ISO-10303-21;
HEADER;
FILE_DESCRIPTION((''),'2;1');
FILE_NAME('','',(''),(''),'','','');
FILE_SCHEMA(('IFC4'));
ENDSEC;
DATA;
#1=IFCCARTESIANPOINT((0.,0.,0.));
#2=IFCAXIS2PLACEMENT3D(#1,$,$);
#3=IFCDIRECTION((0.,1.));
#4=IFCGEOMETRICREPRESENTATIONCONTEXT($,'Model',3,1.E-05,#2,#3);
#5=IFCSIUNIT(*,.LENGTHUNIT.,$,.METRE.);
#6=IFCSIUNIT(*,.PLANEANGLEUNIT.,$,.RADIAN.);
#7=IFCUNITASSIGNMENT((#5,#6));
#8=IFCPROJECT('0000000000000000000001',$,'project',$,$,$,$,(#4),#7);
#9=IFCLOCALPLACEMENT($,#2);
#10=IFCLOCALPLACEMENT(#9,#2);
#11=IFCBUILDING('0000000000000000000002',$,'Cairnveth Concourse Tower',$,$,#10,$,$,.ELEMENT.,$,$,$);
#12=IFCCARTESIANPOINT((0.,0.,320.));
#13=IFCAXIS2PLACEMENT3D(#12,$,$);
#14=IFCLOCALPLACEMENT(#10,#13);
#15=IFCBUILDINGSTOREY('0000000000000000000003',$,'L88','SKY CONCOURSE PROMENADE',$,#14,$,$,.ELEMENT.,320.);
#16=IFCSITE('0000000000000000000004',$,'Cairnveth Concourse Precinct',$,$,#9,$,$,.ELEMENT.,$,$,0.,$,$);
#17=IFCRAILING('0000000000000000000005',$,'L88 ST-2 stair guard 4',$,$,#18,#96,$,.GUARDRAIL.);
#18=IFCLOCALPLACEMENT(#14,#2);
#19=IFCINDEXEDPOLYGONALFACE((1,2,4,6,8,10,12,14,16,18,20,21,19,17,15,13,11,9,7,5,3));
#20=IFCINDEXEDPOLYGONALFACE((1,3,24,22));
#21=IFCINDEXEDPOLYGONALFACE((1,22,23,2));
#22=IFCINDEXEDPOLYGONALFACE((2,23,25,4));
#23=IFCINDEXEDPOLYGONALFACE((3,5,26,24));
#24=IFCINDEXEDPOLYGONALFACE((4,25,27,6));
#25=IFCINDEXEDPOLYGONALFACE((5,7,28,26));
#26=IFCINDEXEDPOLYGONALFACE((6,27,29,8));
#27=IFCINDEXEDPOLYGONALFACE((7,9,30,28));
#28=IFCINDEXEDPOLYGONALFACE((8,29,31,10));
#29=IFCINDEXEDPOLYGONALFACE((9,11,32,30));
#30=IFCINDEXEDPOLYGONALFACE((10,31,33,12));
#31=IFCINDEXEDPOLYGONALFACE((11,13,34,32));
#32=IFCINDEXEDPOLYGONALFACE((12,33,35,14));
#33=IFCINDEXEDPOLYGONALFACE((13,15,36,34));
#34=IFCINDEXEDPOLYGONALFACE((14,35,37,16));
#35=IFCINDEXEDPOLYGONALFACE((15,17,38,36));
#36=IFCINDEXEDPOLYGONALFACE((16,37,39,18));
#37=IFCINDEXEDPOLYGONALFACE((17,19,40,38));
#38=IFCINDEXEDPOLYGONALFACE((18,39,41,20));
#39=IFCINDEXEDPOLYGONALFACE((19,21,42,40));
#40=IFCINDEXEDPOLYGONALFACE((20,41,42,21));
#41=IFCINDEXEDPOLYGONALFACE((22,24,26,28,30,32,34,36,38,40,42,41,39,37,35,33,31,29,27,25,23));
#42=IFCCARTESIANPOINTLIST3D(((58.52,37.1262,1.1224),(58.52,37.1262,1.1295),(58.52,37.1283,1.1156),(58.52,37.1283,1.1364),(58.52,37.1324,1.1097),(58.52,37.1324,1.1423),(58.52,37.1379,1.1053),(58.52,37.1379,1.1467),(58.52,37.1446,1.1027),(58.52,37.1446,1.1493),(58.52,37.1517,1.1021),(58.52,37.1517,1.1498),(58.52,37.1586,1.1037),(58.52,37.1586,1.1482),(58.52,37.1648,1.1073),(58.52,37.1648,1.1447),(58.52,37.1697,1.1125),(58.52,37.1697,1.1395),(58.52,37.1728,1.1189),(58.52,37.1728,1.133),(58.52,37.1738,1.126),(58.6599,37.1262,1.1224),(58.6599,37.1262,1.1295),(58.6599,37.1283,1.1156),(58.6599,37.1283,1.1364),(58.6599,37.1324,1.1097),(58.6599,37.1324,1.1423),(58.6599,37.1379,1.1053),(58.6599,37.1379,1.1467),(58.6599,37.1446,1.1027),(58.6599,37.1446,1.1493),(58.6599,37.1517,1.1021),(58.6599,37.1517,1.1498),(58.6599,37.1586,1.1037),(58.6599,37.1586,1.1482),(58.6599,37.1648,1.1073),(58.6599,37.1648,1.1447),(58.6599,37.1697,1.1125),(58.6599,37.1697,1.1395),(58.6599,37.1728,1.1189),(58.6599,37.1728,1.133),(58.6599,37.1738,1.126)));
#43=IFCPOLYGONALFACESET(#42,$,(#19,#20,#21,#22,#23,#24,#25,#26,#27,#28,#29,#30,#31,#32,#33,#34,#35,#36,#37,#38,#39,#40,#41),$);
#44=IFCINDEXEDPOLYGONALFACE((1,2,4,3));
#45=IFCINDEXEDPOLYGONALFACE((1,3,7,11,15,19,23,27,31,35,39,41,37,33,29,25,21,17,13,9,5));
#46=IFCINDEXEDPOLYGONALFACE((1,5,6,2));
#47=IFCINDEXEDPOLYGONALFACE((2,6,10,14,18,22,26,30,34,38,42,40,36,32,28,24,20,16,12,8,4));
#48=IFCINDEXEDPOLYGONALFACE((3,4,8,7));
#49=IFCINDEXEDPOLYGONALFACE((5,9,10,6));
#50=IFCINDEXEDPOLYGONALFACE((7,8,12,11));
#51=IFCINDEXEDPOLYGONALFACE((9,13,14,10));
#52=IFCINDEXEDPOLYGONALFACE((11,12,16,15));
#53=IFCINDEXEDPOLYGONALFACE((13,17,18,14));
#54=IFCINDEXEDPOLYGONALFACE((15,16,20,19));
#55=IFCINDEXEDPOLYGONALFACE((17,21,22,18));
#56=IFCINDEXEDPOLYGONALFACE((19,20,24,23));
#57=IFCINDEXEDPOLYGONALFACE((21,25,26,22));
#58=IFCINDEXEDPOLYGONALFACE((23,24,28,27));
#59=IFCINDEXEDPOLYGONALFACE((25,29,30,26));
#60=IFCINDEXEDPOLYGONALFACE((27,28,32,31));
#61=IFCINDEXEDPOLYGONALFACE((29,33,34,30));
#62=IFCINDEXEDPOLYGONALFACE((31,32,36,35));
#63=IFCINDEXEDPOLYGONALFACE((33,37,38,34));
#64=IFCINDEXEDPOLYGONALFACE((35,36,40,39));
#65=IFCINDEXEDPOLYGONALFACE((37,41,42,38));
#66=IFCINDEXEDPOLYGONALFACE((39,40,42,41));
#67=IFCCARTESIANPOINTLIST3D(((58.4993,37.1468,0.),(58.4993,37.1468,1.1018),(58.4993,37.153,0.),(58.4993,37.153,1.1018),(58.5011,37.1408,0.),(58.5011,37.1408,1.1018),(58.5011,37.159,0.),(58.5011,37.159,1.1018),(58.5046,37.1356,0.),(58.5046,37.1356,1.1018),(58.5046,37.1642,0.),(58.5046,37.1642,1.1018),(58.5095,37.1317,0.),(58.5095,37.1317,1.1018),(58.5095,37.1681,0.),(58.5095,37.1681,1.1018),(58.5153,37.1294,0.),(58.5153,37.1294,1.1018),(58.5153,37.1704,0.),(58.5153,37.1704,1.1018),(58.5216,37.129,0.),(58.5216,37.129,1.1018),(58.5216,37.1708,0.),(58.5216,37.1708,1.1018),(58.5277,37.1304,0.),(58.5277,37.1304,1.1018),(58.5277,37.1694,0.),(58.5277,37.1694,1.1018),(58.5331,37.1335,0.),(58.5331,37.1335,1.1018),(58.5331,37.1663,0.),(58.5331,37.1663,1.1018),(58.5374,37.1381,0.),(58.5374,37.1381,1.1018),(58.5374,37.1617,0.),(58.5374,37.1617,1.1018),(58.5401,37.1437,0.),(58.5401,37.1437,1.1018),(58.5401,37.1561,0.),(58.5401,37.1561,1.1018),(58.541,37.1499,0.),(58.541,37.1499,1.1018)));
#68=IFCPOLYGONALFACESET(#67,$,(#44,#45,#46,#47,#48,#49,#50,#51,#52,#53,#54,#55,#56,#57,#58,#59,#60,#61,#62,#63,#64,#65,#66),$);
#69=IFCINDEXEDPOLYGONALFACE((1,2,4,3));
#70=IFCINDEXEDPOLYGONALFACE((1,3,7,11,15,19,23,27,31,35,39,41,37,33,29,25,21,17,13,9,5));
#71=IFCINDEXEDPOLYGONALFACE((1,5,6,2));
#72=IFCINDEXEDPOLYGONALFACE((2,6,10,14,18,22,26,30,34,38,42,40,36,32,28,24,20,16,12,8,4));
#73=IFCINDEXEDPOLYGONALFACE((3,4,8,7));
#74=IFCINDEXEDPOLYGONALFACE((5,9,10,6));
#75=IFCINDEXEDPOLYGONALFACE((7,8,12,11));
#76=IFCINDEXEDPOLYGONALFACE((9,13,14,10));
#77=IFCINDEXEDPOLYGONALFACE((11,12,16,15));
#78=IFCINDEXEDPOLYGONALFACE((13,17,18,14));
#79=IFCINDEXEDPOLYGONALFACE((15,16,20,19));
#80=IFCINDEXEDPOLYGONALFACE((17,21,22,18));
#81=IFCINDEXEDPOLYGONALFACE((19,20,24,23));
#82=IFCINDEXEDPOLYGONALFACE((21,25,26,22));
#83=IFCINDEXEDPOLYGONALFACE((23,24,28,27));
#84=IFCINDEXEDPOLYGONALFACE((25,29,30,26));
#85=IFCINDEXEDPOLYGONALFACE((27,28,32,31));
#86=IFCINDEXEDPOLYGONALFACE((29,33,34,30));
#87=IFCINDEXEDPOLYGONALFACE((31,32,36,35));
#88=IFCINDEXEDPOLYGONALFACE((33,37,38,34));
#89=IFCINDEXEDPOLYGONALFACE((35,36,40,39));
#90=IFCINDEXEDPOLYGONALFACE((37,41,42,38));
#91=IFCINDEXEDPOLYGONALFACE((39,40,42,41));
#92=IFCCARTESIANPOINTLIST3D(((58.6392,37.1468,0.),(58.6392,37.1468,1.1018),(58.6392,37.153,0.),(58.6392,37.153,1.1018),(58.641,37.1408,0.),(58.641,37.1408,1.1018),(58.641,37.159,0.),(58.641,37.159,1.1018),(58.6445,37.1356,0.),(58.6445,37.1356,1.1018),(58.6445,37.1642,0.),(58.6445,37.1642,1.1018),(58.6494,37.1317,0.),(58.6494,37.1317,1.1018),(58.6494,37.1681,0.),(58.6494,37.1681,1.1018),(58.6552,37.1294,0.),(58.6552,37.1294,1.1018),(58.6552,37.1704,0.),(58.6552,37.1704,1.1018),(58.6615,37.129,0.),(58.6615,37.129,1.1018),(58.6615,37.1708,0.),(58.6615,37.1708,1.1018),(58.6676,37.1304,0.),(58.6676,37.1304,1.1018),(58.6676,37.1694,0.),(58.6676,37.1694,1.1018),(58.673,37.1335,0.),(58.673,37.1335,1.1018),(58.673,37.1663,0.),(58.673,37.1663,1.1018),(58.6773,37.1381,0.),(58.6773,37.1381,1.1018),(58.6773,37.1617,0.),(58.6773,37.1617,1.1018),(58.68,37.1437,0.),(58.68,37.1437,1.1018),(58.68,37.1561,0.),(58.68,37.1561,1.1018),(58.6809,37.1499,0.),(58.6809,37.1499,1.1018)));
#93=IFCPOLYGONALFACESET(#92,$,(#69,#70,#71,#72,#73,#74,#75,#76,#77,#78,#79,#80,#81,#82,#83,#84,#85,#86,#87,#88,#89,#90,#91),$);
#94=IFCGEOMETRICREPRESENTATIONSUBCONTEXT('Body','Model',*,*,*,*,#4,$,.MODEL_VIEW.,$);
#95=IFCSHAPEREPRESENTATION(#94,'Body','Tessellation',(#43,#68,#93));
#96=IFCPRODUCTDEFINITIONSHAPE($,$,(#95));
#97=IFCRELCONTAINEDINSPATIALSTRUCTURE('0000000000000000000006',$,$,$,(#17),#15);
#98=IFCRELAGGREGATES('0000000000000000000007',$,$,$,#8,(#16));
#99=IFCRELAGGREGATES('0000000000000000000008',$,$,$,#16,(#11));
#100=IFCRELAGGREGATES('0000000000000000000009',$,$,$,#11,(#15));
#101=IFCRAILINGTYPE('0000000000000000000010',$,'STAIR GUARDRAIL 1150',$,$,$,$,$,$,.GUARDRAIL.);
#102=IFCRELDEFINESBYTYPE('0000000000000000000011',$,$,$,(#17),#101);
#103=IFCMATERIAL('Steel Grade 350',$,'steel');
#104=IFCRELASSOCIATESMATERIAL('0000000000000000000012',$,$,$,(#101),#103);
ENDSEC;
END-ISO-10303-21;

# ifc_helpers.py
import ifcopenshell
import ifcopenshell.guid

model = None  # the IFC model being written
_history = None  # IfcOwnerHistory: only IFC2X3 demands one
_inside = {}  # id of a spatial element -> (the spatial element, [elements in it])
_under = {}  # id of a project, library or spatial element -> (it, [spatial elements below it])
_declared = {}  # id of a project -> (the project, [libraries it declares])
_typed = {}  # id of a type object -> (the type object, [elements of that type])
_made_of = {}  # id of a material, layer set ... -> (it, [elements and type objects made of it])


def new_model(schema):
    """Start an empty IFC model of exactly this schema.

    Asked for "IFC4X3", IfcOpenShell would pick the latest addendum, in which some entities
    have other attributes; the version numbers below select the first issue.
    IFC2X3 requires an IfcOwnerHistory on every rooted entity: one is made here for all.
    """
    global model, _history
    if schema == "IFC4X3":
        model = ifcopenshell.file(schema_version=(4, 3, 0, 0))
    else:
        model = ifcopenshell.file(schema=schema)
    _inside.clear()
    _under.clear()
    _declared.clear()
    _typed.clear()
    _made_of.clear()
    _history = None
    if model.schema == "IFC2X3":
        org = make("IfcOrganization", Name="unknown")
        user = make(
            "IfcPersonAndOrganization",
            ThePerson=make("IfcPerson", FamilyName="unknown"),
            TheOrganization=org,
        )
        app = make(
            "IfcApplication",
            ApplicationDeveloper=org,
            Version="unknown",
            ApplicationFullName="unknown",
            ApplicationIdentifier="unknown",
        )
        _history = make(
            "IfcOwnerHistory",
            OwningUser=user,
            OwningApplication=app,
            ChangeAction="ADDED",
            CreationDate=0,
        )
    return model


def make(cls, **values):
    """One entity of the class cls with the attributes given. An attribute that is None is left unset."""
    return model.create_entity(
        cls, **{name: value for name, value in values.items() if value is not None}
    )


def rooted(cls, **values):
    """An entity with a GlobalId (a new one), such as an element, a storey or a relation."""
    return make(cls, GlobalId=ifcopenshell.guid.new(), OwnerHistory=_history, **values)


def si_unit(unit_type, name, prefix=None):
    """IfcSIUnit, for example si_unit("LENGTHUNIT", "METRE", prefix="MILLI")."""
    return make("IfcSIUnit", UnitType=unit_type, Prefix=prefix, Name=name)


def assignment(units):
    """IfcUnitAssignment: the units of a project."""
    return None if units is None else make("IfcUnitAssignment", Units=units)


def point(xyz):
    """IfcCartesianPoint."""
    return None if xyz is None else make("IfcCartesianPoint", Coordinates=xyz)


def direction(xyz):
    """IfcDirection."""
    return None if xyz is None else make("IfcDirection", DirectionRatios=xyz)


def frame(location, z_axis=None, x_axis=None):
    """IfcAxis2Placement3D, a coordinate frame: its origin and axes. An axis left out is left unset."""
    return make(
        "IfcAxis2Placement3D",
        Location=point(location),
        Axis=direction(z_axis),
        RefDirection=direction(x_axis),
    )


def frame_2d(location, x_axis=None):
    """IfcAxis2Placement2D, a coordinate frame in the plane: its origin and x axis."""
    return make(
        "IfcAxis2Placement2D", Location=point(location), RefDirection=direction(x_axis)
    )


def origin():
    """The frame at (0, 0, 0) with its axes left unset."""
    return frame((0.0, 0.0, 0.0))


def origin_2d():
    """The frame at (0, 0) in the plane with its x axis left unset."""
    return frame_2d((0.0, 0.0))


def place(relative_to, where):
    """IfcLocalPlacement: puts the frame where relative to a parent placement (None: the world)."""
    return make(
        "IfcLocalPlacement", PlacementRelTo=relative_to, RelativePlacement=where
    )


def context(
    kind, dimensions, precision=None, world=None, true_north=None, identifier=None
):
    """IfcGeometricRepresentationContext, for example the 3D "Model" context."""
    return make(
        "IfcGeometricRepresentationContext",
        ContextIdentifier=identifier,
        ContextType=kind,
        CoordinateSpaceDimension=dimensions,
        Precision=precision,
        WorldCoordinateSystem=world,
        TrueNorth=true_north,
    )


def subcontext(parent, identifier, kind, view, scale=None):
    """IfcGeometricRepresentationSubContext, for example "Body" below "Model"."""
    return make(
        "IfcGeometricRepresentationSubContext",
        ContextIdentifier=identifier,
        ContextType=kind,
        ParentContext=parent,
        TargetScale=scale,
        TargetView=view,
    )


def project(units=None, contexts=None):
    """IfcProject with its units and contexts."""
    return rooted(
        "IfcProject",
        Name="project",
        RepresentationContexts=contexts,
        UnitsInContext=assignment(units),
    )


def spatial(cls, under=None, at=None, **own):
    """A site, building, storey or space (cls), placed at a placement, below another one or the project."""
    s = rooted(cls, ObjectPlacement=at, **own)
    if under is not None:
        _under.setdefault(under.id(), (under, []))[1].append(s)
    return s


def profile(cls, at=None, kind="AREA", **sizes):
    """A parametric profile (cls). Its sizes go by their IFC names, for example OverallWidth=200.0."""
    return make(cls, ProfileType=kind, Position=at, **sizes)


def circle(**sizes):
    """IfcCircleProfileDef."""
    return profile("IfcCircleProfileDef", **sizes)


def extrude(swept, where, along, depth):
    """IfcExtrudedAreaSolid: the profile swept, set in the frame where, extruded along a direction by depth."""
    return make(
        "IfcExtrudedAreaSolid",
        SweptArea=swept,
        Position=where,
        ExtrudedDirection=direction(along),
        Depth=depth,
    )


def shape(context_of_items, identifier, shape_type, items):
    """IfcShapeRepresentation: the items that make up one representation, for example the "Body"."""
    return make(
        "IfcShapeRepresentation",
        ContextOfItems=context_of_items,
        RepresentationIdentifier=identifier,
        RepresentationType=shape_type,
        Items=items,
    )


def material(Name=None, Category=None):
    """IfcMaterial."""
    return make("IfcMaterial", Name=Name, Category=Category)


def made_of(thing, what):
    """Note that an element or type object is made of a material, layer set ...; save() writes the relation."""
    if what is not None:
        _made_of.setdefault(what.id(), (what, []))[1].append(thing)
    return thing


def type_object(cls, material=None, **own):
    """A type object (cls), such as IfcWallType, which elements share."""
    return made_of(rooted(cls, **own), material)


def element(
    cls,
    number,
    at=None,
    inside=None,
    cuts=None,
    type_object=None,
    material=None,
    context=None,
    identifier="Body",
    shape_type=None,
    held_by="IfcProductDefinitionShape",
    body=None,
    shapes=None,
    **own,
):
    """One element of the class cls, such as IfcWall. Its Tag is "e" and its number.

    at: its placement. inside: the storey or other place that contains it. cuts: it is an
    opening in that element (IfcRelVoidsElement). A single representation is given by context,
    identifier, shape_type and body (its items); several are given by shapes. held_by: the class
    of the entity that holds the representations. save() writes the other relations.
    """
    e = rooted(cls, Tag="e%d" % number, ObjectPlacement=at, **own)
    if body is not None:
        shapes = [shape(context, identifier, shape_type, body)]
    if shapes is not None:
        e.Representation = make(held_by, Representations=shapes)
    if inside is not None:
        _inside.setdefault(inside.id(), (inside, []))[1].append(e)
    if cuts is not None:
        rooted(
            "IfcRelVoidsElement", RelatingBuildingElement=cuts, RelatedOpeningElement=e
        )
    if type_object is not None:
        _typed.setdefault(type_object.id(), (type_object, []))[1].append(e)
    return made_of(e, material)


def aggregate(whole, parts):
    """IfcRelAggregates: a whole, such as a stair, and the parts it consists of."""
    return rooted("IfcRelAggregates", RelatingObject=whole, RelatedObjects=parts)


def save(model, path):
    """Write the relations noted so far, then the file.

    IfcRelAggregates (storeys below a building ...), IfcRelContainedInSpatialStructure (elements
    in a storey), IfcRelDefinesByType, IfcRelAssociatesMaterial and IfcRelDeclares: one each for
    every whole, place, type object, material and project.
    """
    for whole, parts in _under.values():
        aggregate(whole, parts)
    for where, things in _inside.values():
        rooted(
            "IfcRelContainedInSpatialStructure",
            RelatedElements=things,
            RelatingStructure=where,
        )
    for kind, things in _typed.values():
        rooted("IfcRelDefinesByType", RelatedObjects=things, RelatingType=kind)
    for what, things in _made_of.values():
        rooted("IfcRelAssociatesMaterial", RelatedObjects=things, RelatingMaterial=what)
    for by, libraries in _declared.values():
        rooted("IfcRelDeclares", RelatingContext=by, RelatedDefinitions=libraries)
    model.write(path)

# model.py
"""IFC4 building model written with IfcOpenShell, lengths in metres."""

from ifc_helpers import new_model, si_unit, direction, frame, origin, origin_2d, place, context, subcontext, project, spatial, circle, extrude, material, type_object, element, save


model = new_model("IFC4")

# Units and contexts
model_context = context("Model", 3, precision=1e-05, world=origin(), true_north=direction((0.0, 1.0)))
body_context = subcontext(model_context, "Body", "Model", "MODEL_VIEW")
ifc_project = project(units=[si_unit("LENGTHUNIT", "METRE"), si_unit("PLANEANGLEUNIT", "RADIAN")], contexts=[model_context])

# Site, building, storey
site_placement = place(None, origin())
site = spatial("IfcSite", under=ifc_project, at=site_placement, Name="Cairnveth Concourse Precinct", CompositionType="ELEMENT", RefElevation=0.0)
building_placement = place(site_placement, origin())
building = spatial("IfcBuilding", under=site, at=building_placement, Name="Cairnveth Concourse Tower", CompositionType="ELEMENT")
storey_placement = place(building_placement, frame((0.0, 0.0, 320.0)))
storey = spatial("IfcBuildingStorey", under=building, at=storey_placement, Name="L88", Description="SKY CONCOURSE PROMENADE", CompositionType="ELEMENT", Elevation=320.0)

# Shared definitions
ifc_material_1 = material(Name="Steel Grade 350", Category="steel")

# Railing
railing_type = type_object("IfcRailingType", Name="STAIR GUARDRAIL 1150", PredefinedType="GUARDRAIL", material=ifc_material_1)
railing_1_placement = place(storey_placement, frame((58.52, 37.1499, 0.0)))
element("IfcRailing", 1, at=railing_1_placement, inside=storey, type_object=railing_type, Name="L88 ST-2 stair guard 4", PredefinedType="GUARDRAIL", context=body_context, shape_type="SweptSolid", body=[
    extrude(circle(Radius=0.0239, at=origin_2d()), frame((0.0, 0.0, 1.126), z_axis=(1.0, 0.0, 0.0), x_axis=(0.0, 1.0, 0.0)), (0.0, 0.0, 1.0), 0.1399),
    extrude(circle(Radius=0.021, at=origin_2d()), origin(), (0.0, 0.0, 1.0), 1.1018),
    extrude(circle(Radius=0.021, at=origin_2d()), frame((0.1399, 0.0, 0.0)), (0.0, 0.0, 1.0), 1.1018),
])

save(model, "model.ifc")
